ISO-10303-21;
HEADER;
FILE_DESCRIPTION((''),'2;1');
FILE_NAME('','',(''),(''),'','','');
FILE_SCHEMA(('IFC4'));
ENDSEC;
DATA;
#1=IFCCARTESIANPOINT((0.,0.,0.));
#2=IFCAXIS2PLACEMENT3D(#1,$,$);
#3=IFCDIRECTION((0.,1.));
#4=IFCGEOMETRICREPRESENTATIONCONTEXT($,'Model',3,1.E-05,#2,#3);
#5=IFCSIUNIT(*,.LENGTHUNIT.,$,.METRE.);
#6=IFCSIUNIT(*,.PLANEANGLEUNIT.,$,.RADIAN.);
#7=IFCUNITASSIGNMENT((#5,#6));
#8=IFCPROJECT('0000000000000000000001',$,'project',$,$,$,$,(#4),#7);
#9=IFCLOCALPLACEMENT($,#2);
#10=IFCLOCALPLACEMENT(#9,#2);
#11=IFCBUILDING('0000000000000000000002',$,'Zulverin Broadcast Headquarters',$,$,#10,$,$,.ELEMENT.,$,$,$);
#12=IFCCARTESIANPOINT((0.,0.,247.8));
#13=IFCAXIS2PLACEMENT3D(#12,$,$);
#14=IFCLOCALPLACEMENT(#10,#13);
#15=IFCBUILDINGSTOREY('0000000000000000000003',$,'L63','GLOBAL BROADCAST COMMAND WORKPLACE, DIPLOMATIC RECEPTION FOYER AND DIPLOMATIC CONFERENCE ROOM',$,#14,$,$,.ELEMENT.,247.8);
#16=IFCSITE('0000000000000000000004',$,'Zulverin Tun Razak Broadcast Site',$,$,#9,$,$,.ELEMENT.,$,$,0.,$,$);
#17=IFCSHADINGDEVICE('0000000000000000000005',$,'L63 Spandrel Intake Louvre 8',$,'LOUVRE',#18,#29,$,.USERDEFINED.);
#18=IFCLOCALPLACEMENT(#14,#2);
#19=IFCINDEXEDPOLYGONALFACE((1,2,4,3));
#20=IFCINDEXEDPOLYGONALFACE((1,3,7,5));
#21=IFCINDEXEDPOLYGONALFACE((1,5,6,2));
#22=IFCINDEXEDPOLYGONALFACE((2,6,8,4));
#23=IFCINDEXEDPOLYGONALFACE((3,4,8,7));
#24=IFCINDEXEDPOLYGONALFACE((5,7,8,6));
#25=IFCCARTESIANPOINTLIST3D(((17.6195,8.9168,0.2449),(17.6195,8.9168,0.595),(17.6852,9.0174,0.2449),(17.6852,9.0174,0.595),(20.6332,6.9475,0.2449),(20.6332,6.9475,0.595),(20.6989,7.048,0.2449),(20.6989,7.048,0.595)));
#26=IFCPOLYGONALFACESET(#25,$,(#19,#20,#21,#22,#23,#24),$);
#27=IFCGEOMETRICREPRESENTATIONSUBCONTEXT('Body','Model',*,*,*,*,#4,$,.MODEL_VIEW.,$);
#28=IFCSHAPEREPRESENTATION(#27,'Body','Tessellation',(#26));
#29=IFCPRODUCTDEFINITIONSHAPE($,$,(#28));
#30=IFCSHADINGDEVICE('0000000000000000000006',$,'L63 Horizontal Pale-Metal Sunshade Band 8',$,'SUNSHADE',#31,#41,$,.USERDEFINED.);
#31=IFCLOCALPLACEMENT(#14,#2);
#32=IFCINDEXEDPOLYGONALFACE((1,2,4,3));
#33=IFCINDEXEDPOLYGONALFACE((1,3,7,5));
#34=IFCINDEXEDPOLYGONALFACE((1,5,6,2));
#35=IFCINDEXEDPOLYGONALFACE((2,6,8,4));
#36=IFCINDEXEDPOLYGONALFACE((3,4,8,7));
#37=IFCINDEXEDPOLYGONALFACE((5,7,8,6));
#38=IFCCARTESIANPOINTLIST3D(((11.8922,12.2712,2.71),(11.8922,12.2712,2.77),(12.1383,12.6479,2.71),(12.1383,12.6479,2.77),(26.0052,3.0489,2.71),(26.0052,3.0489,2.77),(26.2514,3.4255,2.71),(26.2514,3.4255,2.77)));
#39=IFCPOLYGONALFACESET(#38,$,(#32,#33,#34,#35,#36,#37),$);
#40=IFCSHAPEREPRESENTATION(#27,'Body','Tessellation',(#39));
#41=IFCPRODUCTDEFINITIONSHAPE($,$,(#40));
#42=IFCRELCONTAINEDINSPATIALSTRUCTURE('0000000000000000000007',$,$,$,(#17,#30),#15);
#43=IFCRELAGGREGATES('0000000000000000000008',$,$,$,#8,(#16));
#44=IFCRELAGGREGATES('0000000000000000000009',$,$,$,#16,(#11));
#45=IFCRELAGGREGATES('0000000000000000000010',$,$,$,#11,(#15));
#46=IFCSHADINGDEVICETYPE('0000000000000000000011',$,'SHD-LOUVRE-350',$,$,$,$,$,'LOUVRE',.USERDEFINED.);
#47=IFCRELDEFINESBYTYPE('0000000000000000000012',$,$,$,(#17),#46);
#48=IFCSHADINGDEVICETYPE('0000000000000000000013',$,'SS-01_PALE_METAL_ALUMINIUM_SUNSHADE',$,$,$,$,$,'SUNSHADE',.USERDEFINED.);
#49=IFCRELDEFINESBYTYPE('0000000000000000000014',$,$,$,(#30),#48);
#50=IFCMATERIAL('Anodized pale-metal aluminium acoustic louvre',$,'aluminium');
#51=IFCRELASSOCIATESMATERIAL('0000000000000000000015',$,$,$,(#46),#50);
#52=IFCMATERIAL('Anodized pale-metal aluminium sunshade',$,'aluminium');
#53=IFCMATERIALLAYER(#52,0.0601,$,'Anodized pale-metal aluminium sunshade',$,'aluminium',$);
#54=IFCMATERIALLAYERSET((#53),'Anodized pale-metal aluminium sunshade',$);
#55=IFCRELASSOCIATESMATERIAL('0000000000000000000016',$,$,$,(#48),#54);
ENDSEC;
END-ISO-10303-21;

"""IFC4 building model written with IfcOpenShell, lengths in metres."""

from ifc_helpers import new_model, si_unit, direction, frame, origin, origin_2d, place, context, subcontext, project, spatial, rectangle, extrude, material, layer, layer_set, type_object, element, save


model = new_model("IFC4")

# Units and contexts
model_context = context("Model", 3, precision=1e-05, world=origin(), true_north=direction((0.0, 1.0)))
body_context = subcontext(model_context, "Body", "Model", "MODEL_VIEW")
ifc_project = project(units=[si_unit("LENGTHUNIT", "METRE"), si_unit("PLANEANGLEUNIT", "RADIAN")], contexts=[model_context])

# Site, building, storey
site_placement = place(None, origin())
site = spatial("IfcSite", under=ifc_project, at=site_placement, Name="Zulverin Tun Razak Broadcast Site", CompositionType="ELEMENT", RefElevation=0.0)
building_placement = place(site_placement, origin())
building = spatial("IfcBuilding", under=site, at=building_placement, Name="Zulverin Broadcast Headquarters", CompositionType="ELEMENT")
storey_placement = place(building_placement, frame((0.0, 0.0, 247.8)))
storey = spatial("IfcBuildingStorey", under=building, at=storey_placement, Name="L63", Description="GLOBAL BROADCAST COMMAND WORKPLACE, DIPLOMATIC RECEPTION FOYER AND DIPLOMATIC CONFERENCE ROOM", CompositionType="ELEMENT", Elevation=247.8)

# Shading devices
ifc_material_1 = material(Name="Anodized pale-metal aluminium acoustic louvre", Category="aluminium")
shading_device_type_1 = type_object("IfcShadingDeviceType", Name="SHD-LOUVRE-350", ElementType="LOUVRE", PredefinedType="USERDEFINED", material=ifc_material_1)
shading_device_1_placement = place(storey_placement, frame((19.1592, 7.9824, 0.2449), z_axis=(0.0, 0.0, 1.0), x_axis=(0.837116, -0.547026, 0.0)))
element("IfcShadingDevice", 1, at=shading_device_1_placement, inside=storey, type_object=shading_device_type_1, Name="L63 Spandrel Intake Louvre 8", ObjectType="LOUVRE", PredefinedType="USERDEFINED", context=body_context, shape_type="SweptSolid", body=[
    extrude(rectangle(XDim=3.6001, YDim=0.1201, at=origin_2d()), origin(), (0.0, 0.0, 1.0), 0.3501),
])
ifc_material_2 = material(Name="Anodized pale-metal aluminium sunshade", Category="aluminium")
ifc_layer_1 = layer(ifc_material_2, 0.0601, Name="Anodized pale-metal aluminium sunshade", Category="aluminium")
ifc_layer_set_1 = layer_set([ifc_layer_1], Name="Anodized pale-metal aluminium sunshade")
shading_device_type_2 = type_object("IfcShadingDeviceType", Name="SS-01_PALE_METAL_ALUMINIUM_SUNSHADE", ElementType="SUNSHADE", PredefinedType="USERDEFINED", material=ifc_layer_set_1)
shading_device_2_placement = place(storey_placement, frame((19.0718, 7.8484, 2.71), z_axis=(0.0, 0.0, 1.0), x_axis=(0.837116, -0.547026, 0.0)))
element("IfcShadingDevice", 2, at=shading_device_2_placement, inside=storey, type_object=shading_device_type_2, Name="L63 Horizontal Pale-Metal Sunshade Band 8", ObjectType="SUNSHADE", PredefinedType="USERDEFINED", context=body_context, shape_type="SweptSolid", body=[
    extrude(rectangle(XDim=16.8591, YDim=0.45, at=origin_2d()), origin(), (0.0, 0.0, 1.0), 0.0601),
])

save(model, "model.ifc")
